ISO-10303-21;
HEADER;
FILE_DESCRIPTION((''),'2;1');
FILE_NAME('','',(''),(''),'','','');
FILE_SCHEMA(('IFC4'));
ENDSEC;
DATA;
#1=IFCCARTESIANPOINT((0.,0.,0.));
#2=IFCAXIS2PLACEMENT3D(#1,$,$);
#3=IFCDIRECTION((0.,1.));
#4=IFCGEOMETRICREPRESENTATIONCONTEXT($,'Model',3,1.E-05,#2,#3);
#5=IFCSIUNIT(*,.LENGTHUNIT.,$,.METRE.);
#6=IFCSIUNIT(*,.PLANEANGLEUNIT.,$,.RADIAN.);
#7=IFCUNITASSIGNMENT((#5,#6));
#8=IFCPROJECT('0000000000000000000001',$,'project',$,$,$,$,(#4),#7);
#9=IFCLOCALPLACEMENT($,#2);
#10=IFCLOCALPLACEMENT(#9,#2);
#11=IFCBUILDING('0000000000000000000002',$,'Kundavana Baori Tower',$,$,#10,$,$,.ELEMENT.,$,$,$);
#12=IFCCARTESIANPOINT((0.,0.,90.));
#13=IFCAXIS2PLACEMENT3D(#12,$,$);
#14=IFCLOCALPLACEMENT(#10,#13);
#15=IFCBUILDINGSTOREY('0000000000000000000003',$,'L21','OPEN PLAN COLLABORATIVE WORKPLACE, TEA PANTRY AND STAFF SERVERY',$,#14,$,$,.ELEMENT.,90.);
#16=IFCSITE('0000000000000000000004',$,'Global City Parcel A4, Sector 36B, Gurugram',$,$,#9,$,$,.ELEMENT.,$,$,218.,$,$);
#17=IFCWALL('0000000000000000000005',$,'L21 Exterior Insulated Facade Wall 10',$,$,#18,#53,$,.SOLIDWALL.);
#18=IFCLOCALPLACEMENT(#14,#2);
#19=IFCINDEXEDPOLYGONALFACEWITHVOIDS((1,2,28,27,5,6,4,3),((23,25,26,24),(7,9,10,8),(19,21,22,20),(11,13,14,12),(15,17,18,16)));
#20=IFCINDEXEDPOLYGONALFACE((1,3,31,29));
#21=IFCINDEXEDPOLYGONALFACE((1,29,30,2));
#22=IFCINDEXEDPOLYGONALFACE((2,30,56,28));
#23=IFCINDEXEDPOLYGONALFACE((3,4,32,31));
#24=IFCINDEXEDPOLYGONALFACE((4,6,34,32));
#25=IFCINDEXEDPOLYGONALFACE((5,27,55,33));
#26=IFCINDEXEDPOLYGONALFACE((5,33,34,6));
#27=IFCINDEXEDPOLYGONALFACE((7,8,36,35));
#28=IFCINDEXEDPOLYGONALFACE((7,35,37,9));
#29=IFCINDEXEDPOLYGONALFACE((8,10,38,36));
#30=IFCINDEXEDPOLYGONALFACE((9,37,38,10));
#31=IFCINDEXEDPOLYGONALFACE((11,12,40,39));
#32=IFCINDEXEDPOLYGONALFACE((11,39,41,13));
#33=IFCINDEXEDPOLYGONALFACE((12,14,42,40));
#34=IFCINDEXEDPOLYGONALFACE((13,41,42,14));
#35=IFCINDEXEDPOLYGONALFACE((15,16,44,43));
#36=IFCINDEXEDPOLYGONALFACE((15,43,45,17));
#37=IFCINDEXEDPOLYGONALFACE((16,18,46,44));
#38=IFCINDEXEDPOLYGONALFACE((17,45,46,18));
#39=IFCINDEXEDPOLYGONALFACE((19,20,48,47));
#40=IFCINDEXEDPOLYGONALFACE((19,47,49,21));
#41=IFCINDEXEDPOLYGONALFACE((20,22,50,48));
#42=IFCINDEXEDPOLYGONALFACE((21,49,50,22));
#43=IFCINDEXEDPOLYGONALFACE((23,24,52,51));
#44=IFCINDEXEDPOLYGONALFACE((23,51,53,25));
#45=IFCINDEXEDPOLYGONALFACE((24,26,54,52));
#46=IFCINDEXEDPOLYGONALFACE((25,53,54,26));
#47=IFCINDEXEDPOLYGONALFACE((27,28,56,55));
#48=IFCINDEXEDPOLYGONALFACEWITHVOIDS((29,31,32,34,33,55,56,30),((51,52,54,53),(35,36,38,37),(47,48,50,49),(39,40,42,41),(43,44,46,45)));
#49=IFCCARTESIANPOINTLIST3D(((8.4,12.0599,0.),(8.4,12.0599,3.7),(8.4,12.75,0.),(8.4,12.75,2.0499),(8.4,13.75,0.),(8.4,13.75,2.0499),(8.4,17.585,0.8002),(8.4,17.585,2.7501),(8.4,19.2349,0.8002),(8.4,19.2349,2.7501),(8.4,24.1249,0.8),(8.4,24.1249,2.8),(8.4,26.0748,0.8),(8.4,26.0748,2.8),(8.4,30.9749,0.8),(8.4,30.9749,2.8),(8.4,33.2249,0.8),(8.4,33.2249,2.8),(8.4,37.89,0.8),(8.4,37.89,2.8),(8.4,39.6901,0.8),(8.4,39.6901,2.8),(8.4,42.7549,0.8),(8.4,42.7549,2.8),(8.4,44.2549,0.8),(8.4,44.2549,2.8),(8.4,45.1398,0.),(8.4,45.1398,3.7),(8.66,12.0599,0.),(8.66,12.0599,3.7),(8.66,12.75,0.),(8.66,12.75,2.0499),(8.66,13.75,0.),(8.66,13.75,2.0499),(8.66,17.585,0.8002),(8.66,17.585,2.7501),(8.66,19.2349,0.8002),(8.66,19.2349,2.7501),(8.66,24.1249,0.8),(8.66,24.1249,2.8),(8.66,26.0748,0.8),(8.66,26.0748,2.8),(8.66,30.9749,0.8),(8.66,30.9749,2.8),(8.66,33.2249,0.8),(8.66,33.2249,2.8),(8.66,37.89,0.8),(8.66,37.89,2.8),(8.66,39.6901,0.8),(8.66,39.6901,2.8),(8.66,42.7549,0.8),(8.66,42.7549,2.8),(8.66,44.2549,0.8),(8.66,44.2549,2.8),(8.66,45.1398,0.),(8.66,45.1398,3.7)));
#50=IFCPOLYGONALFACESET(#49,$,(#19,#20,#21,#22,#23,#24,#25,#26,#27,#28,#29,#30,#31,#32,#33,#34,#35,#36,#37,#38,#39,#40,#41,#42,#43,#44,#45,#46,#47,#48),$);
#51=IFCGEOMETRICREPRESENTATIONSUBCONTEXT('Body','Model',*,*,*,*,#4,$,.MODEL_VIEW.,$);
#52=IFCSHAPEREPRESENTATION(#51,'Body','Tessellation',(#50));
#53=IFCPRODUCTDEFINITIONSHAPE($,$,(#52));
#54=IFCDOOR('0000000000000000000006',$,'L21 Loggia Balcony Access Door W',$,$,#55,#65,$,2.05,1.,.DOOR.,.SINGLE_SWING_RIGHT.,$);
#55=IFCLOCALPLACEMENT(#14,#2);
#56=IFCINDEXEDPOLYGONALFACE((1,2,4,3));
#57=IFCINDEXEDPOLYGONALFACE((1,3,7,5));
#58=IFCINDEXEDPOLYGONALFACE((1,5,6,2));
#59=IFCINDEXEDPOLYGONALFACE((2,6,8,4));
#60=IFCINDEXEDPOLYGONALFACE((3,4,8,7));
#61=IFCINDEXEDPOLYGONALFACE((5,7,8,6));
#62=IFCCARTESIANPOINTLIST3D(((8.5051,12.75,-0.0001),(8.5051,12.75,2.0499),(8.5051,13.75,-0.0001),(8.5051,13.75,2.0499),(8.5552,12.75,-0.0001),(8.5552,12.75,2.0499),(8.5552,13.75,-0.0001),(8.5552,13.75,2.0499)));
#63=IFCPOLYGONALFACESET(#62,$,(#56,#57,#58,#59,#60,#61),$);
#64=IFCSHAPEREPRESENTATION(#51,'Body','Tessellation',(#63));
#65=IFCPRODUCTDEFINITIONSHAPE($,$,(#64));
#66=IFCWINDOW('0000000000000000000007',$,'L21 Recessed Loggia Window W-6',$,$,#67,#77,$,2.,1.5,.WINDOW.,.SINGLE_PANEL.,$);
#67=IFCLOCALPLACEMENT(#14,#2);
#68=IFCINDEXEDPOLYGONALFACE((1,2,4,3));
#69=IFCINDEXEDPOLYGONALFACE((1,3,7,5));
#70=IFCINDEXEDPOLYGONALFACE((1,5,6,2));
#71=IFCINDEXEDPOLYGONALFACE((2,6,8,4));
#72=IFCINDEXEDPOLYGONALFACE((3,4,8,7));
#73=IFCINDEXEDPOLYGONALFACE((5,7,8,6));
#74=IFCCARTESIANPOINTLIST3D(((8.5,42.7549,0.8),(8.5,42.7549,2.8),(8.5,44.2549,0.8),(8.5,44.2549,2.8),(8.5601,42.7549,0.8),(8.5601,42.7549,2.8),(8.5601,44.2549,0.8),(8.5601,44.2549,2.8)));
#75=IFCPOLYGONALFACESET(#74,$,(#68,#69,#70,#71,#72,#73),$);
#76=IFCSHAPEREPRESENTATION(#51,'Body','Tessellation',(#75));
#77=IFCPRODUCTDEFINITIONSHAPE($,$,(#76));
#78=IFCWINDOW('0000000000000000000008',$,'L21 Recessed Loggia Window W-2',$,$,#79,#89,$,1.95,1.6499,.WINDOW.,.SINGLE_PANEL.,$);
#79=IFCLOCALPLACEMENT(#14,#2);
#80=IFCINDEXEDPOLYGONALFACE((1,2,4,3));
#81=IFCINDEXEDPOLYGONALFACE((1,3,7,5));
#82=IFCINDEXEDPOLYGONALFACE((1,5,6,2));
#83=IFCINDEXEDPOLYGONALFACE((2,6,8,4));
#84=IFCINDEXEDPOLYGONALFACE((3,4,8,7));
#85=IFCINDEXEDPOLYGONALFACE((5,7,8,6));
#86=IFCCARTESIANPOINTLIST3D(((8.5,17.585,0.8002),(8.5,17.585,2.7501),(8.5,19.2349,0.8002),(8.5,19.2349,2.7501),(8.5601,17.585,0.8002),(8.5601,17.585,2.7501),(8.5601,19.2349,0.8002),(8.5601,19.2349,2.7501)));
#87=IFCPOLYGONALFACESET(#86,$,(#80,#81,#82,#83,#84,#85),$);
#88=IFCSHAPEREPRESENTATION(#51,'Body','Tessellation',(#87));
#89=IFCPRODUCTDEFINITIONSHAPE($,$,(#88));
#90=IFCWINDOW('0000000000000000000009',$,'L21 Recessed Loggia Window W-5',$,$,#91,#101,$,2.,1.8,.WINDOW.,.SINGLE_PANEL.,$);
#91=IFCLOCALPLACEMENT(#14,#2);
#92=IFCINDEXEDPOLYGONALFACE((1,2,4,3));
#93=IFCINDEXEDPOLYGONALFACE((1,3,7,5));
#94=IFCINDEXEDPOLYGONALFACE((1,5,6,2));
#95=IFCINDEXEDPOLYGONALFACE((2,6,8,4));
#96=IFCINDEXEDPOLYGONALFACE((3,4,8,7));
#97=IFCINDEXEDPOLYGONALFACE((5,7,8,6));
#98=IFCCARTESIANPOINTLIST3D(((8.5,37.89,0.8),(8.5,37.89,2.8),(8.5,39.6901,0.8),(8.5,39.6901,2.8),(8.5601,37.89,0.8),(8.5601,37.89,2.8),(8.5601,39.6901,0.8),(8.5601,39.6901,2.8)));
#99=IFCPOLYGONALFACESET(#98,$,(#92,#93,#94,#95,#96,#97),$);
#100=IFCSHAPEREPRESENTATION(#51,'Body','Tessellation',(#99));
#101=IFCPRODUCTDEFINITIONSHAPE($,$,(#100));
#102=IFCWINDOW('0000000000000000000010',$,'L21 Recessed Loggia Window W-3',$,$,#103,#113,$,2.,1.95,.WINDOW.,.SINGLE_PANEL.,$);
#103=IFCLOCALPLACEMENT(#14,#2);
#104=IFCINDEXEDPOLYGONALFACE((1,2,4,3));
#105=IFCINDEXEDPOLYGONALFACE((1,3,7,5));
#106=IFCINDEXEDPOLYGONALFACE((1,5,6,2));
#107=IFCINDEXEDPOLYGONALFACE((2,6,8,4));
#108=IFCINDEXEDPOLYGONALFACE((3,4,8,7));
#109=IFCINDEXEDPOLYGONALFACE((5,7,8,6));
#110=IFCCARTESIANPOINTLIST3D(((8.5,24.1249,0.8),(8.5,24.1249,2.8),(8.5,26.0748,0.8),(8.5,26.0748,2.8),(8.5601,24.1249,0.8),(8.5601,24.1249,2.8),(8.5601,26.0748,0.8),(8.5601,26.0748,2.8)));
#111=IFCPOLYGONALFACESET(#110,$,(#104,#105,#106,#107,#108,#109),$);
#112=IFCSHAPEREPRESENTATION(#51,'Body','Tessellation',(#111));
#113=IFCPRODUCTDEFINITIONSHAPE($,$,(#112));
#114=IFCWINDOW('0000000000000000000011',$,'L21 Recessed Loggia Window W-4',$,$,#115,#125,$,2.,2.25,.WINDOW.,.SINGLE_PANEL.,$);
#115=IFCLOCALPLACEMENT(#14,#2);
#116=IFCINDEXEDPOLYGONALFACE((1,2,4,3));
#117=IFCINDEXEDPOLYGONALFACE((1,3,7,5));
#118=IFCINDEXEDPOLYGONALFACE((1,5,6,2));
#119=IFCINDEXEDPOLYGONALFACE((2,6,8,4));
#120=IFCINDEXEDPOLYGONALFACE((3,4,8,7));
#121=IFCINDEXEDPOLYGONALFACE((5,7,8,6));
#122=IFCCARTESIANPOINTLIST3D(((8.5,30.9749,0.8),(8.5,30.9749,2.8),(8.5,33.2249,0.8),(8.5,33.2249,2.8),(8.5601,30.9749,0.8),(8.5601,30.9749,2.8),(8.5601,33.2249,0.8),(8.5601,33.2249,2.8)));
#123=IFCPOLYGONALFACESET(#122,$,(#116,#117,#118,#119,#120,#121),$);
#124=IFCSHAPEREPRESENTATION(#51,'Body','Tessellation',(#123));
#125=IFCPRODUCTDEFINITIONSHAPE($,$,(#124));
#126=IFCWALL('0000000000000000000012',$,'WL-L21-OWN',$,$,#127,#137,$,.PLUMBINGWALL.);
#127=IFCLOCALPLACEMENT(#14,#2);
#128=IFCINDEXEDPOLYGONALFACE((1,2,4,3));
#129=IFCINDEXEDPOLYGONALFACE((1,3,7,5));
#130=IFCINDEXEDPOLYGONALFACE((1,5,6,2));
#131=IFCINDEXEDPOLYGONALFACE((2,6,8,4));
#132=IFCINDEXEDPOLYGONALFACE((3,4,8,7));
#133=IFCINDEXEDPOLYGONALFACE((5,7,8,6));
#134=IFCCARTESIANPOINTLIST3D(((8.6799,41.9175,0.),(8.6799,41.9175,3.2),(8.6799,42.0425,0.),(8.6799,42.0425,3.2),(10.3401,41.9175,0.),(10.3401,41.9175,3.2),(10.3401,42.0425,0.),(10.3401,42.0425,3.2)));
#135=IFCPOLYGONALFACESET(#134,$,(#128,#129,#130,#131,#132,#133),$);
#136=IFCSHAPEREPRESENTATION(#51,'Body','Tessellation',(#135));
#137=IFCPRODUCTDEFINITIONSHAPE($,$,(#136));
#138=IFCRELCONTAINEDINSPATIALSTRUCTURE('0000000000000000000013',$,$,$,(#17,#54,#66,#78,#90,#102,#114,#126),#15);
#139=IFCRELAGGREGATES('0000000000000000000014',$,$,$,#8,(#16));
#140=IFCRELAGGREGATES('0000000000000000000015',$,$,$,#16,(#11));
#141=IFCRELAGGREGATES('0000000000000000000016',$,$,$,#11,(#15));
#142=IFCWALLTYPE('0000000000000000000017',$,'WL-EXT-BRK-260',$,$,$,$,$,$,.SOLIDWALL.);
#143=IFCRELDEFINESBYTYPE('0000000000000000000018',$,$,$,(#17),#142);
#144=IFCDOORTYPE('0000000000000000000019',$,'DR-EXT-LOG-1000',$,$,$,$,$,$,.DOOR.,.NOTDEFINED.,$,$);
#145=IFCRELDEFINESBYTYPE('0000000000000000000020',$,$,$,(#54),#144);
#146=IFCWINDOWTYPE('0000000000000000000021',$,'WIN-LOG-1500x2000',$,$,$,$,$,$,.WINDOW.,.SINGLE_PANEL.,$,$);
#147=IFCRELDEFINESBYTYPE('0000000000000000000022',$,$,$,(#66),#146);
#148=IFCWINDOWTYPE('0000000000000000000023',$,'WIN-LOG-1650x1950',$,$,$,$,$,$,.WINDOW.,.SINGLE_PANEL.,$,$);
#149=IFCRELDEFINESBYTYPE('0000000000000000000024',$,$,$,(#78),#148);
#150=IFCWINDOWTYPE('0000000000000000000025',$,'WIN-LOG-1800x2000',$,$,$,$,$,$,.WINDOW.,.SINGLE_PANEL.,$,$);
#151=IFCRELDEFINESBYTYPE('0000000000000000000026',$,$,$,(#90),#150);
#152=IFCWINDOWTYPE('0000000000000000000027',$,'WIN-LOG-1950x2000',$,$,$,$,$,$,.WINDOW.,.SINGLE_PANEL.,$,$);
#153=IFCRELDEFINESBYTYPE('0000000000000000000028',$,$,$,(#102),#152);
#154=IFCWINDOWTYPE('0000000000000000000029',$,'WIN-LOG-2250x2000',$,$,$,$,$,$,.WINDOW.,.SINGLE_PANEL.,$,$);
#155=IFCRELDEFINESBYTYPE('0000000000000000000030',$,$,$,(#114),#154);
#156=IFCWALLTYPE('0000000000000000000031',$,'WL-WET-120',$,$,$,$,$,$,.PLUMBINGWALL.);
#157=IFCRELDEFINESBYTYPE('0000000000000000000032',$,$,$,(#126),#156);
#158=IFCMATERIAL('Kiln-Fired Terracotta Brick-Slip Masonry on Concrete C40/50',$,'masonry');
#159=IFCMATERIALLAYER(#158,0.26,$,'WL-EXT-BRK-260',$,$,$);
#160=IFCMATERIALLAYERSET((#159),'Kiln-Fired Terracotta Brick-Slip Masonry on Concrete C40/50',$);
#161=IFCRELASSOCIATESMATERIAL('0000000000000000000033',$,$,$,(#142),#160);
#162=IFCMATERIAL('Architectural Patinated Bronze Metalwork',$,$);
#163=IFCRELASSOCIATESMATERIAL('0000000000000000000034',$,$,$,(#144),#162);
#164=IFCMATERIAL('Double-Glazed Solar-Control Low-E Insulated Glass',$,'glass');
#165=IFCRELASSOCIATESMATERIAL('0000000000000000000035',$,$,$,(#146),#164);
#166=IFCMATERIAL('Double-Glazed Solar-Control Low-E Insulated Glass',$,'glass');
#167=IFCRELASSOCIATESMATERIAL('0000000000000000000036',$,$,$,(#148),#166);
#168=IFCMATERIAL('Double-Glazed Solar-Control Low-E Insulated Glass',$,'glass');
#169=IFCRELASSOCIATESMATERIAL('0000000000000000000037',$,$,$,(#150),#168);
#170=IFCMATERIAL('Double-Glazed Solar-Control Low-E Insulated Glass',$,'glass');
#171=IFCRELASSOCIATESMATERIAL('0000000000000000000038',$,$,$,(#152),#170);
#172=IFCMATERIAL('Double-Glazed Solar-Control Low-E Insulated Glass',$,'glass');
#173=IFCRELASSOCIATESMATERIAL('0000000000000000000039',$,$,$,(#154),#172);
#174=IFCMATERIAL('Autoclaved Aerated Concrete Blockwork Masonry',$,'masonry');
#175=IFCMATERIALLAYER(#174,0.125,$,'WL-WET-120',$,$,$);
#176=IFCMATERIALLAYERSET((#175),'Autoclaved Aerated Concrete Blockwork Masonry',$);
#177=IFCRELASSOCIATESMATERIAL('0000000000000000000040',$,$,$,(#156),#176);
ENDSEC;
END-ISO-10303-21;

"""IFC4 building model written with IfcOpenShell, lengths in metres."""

from ifc_helpers import new_model, si_unit, direction, frame, frame_2d, origin, place, context, subcontext, project, spatial, rectangle, extrude, material, layer, layer_set, type_object, element, fill, save


model = new_model("IFC4")

# Units and contexts
model_context = context("Model", 3, precision=1e-05, world=origin(), true_north=direction((0.0, 1.0)))
body_context = subcontext(model_context, "Body", "Model", "MODEL_VIEW")
ifc_project = project(units=[si_unit("LENGTHUNIT", "METRE"), si_unit("PLANEANGLEUNIT", "RADIAN")], contexts=[model_context])

# Site, building, storey
site_placement = place(None, origin())
site = spatial("IfcSite", under=ifc_project, at=site_placement, Name="Global City Parcel A4, Sector 36B, Gurugram", CompositionType="ELEMENT", RefElevation=218.0)
building_placement = place(site_placement, origin())
building = spatial("IfcBuilding", under=site, at=building_placement, Name="Kundavana Baori Tower", CompositionType="ELEMENT")
storey_placement = place(building_placement, frame((0.0, 0.0, 90.0)))
storey = spatial("IfcBuildingStorey", under=building, at=storey_placement, Name="L21", Description="OPEN PLAN COLLABORATIVE WORKPLACE, TEA PANTRY AND STAFF SERVERY", CompositionType="ELEMENT", Elevation=90.0)

# Shared definitions
ifc_material_1 = material(Name="Kiln-Fired Terracotta Brick-Slip Masonry on Concrete C40/50", Category="masonry")
ifc_layer_1 = layer(ifc_material_1, 0.26, Name="WL-EXT-BRK-260")
ifc_layer_set_1 = layer_set([ifc_layer_1], Name="Kiln-Fired Terracotta Brick-Slip Masonry on Concrete C40/50")
wall_type_1 = type_object("IfcWallType", Name="WL-EXT-BRK-260", PredefinedType="SOLIDWALL", material=ifc_layer_set_1)

# Wall, openings, door, windows
wall_1_placement = place(storey_placement, frame((8.53, 45.1399, 0.0), z_axis=(0.0, 0.0, 1.0), x_axis=(0.0, -1.0, 0.0)))
wall_1 = element("IfcWall", 1, at=wall_1_placement, inside=storey, type_object=wall_type_1, Name="L21 Exterior Insulated Facade Wall 10", PredefinedType="SOLIDWALL", context=body_context, shape_type="SweptSolid", body=[
    extrude(rectangle(XDim=33.0798, YDim=0.26, at=frame_2d((16.54, 0.0))), origin(), (0.0, 0.0, 1.0), 3.7),
])
opening_1_placement = place(wall_1_placement, frame((31.3899, 0.0, 0.0)))
opening_1 = element("IfcOpeningElement", 2, at=opening_1_placement, cuts=wall_1, PredefinedType="OPENING", context=body_context, shape_type="SweptSolid", body=[
    extrude(rectangle(XDim=1.0, YDim=2.05, at=frame_2d((0.5, 1.0249))), frame((0.0, 0.1401, 0.0), z_axis=(0.0, -1.0, 0.0), x_axis=(1.0, 0.0, 0.0)), (0.0, 0.0, 1.0), 0.28),
])
opening_2_placement = place(wall_1_placement, frame((25.905, 0.0, 0.8)))
opening_2 = element("IfcOpeningElement", 3, at=opening_2_placement, cuts=wall_1, PredefinedType="OPENING", context=body_context, shape_type="SweptSolid", body=[
    extrude(rectangle(XDim=1.6499, YDim=1.95, at=frame_2d((0.825, 0.9751))), frame((0.0, 0.1401, 0.0), z_axis=(0.0, -1.0, 0.0), x_axis=(1.0, 0.0, 0.0)), (0.0, 0.0, 1.0), 0.28),
])
opening_3_placement = place(wall_1_placement, frame((19.0649, 0.0, 0.8)))
opening_3 = element("IfcOpeningElement", 4, at=opening_3_placement, cuts=wall_1, PredefinedType="OPENING", context=body_context, shape_type="SweptSolid", body=[
    extrude(rectangle(XDim=1.95, YDim=2.0, at=frame_2d((0.9751, 1.0))), frame((0.0, 0.1401, 0.0), z_axis=(0.0, -1.0, 0.0), x_axis=(1.0, 0.0, 0.0)), (0.0, 0.0, 1.0), 0.28),
])
opening_4_placement = place(wall_1_placement, frame((11.915, 0.0, 0.8)))
opening_4 = element("IfcOpeningElement", 5, at=opening_4_placement, cuts=wall_1, PredefinedType="OPENING", context=body_context, shape_type="SweptSolid", body=[
    extrude(rectangle(XDim=2.25, YDim=2.0, at=frame_2d((1.125, 1.0))), frame((0.0, 0.1401, 0.0), z_axis=(0.0, -1.0, 0.0), x_axis=(1.0, 0.0, 0.0)), (0.0, 0.0, 1.0), 0.28),
])
opening_5_placement = place(wall_1_placement, frame((5.45, 0.0, 0.8)))
opening_5 = element("IfcOpeningElement", 6, at=opening_5_placement, cuts=wall_1, PredefinedType="OPENING", context=body_context, shape_type="SweptSolid", body=[
    extrude(rectangle(XDim=1.8, YDim=2.0, at=frame_2d((0.8999, 1.0))), frame((0.0, 0.1401, 0.0), z_axis=(0.0, -1.0, 0.0), x_axis=(1.0, 0.0, 0.0)), (0.0, 0.0, 1.0), 0.28),
])
opening_6_placement = place(wall_1_placement, frame((0.885, 0.0, 0.8)))
opening_6 = element("IfcOpeningElement", 7, at=opening_6_placement, cuts=wall_1, PredefinedType="OPENING", context=body_context, shape_type="SweptSolid", body=[
    extrude(rectangle(XDim=1.5, YDim=2.0, at=frame_2d((0.75, 1.0))), frame((0.0, 0.1401, 0.0), z_axis=(0.0, -1.0, 0.0), x_axis=(1.0, 0.0, 0.0)), (0.0, 0.0, 1.0), 0.28),
])
ifc_material_2 = material(Name="Architectural Patinated Bronze Metalwork")
door_type_1 = type_object("IfcDoorType", Name="DR-EXT-LOG-1000", OperationType="NOTDEFINED", PredefinedType="DOOR", material=ifc_material_2)
door_1_placement = place(opening_1_placement, frame((1.0, 0.0, 0.0), z_axis=(0.0, 0.0, 1.0), x_axis=(-1.0, 0.0, 0.0)))
door_1 = element("IfcDoor", 8, at=door_1_placement, inside=storey, type_object=door_type_1, Name="L21 Loggia Balcony Access Door W", OperationType="SINGLE_SWING_RIGHT", OverallHeight=2.05, OverallWidth=1.0, PredefinedType="DOOR", context=body_context, shape_type="SweptSolid", body=[
    extrude(rectangle(XDim=1.0, YDim=2.05, at=frame_2d((0.5, 1.0249))), frame((0.0, 0.0249, 0.0), z_axis=(0.0, -1.0, 0.0), x_axis=(1.0, 0.0, 0.0)), (0.0, 0.0, 1.0), 0.05),
])
fill(opening_1, door_1)
ifc_material_3 = material(Name="Double-Glazed Solar-Control Low-E Insulated Glass", Category="glass")
window_type_1 = type_object("IfcWindowType", Name="WIN-LOG-1500x2000", PartitioningType="SINGLE_PANEL", PredefinedType="WINDOW", material=ifc_material_3)
window_1_placement = place(opening_6_placement, origin())
window_1 = element("IfcWindow", 9, at=window_1_placement, inside=storey, type_object=window_type_1, Name="L21 Recessed Loggia Window W-6", OverallHeight=2.0, OverallWidth=1.5, PartitioningType="SINGLE_PANEL", PredefinedType="WINDOW", context=body_context, shape_type="SweptSolid", body=[
    extrude(rectangle(XDim=1.5, YDim=2.0, at=frame_2d((0.75, 1.0))), frame((0.0, 0.03, 0.0), z_axis=(0.0, -1.0, 0.0), x_axis=(1.0, 0.0, 0.0)), (0.0, 0.0, 1.0), 0.0601),
])
fill(opening_6, window_1)
ifc_material_4 = material(Name="Double-Glazed Solar-Control Low-E Insulated Glass", Category="glass")
window_type_2 = type_object("IfcWindowType", Name="WIN-LOG-1650x1950", PartitioningType="SINGLE_PANEL", PredefinedType="WINDOW", material=ifc_material_4)
window_2_placement = place(opening_2_placement, origin())
window_2 = element("IfcWindow", 10, at=window_2_placement, inside=storey, type_object=window_type_2, Name="L21 Recessed Loggia Window W-2", OverallHeight=1.95, OverallWidth=1.6499, PartitioningType="SINGLE_PANEL", PredefinedType="WINDOW", context=body_context, shape_type="SweptSolid", body=[
    extrude(rectangle(XDim=1.6499, YDim=1.95, at=frame_2d((0.825, 0.9751))), frame((0.0, 0.03, 0.0), z_axis=(0.0, -1.0, 0.0), x_axis=(1.0, 0.0, 0.0)), (0.0, 0.0, 1.0), 0.0601),
])
fill(opening_2, window_2)
ifc_material_5 = material(Name="Double-Glazed Solar-Control Low-E Insulated Glass", Category="glass")
window_type_3 = type_object("IfcWindowType", Name="WIN-LOG-1800x2000", PartitioningType="SINGLE_PANEL", PredefinedType="WINDOW", material=ifc_material_5)
window_3_placement = place(opening_5_placement, origin())
window_3 = element("IfcWindow", 11, at=window_3_placement, inside=storey, type_object=window_type_3, Name="L21 Recessed Loggia Window W-5", OverallHeight=2.0, OverallWidth=1.8, PartitioningType="SINGLE_PANEL", PredefinedType="WINDOW", context=body_context, shape_type="SweptSolid", body=[
    extrude(rectangle(XDim=1.8, YDim=2.0, at=frame_2d((0.8999, 1.0))), frame((0.0, 0.03, 0.0), z_axis=(0.0, -1.0, 0.0), x_axis=(1.0, 0.0, 0.0)), (0.0, 0.0, 1.0), 0.0601),
])
fill(opening_5, window_3)
ifc_material_6 = material(Name="Double-Glazed Solar-Control Low-E Insulated Glass", Category="glass")
window_type_4 = type_object("IfcWindowType", Name="WIN-LOG-1950x2000", PartitioningType="SINGLE_PANEL", PredefinedType="WINDOW", material=ifc_material_6)
window_4_placement = place(opening_3_placement, origin())
window_4 = element("IfcWindow", 12, at=window_4_placement, inside=storey, type_object=window_type_4, Name="L21 Recessed Loggia Window W-3", OverallHeight=2.0, OverallWidth=1.95, PartitioningType="SINGLE_PANEL", PredefinedType="WINDOW", context=body_context, shape_type="SweptSolid", body=[
    extrude(rectangle(XDim=1.95, YDim=2.0, at=frame_2d((0.9751, 1.0))), frame((0.0, 0.03, 0.0), z_axis=(0.0, -1.0, 0.0), x_axis=(1.0, 0.0, 0.0)), (0.0, 0.0, 1.0), 0.0601),
])
fill(opening_3, window_4)
ifc_material_7 = material(Name="Double-Glazed Solar-Control Low-E Insulated Glass", Category="glass")
window_type_5 = type_object("IfcWindowType", Name="WIN-LOG-2250x2000", PartitioningType="SINGLE_PANEL", PredefinedType="WINDOW", material=ifc_material_7)
window_5_placement = place(opening_4_placement, origin())
window_5 = element("IfcWindow", 13, at=window_5_placement, inside=storey, type_object=window_type_5, Name="L21 Recessed Loggia Window W-4", OverallHeight=2.0, OverallWidth=2.25, PartitioningType="SINGLE_PANEL", PredefinedType="WINDOW", context=body_context, shape_type="SweptSolid", body=[
    extrude(rectangle(XDim=2.25, YDim=2.0, at=frame_2d((1.125, 1.0))), frame((0.0, 0.03, 0.0), z_axis=(0.0, -1.0, 0.0), x_axis=(1.0, 0.0, 0.0)), (0.0, 0.0, 1.0), 0.0601),
])
fill(opening_4, window_5)

# Wall
ifc_material_8 = material(Name="Autoclaved Aerated Concrete Blockwork Masonry", Category="masonry")
ifc_layer_2 = layer(ifc_material_8, 0.125, Name="WL-WET-120")
ifc_layer_set_2 = layer_set([ifc_layer_2], Name="Autoclaved Aerated Concrete Blockwork Masonry")
wall_type_2 = type_object("IfcWallType", Name="WL-WET-120", PredefinedType="PLUMBINGWALL", material=ifc_layer_set_2)
wall_2_placement = place(storey_placement, frame((8.6799, 41.98, 0.0), z_axis=(0.0, 0.0, 1.0), x_axis=(1.0, 0.0, 0.0)))
element("IfcWall", 14, at=wall_2_placement, inside=storey, type_object=wall_type_2, Name="WL-L21-OWN", PredefinedType="PLUMBINGWALL", context=body_context, shape_type="SweptSolid", body=[
    extrude(rectangle(XDim=1.6602, YDim=0.125, at=frame_2d((0.8301, 0.0))), origin(), (0.0, 0.0, 1.0), 3.2),
])

save(model, "model.ifc")
